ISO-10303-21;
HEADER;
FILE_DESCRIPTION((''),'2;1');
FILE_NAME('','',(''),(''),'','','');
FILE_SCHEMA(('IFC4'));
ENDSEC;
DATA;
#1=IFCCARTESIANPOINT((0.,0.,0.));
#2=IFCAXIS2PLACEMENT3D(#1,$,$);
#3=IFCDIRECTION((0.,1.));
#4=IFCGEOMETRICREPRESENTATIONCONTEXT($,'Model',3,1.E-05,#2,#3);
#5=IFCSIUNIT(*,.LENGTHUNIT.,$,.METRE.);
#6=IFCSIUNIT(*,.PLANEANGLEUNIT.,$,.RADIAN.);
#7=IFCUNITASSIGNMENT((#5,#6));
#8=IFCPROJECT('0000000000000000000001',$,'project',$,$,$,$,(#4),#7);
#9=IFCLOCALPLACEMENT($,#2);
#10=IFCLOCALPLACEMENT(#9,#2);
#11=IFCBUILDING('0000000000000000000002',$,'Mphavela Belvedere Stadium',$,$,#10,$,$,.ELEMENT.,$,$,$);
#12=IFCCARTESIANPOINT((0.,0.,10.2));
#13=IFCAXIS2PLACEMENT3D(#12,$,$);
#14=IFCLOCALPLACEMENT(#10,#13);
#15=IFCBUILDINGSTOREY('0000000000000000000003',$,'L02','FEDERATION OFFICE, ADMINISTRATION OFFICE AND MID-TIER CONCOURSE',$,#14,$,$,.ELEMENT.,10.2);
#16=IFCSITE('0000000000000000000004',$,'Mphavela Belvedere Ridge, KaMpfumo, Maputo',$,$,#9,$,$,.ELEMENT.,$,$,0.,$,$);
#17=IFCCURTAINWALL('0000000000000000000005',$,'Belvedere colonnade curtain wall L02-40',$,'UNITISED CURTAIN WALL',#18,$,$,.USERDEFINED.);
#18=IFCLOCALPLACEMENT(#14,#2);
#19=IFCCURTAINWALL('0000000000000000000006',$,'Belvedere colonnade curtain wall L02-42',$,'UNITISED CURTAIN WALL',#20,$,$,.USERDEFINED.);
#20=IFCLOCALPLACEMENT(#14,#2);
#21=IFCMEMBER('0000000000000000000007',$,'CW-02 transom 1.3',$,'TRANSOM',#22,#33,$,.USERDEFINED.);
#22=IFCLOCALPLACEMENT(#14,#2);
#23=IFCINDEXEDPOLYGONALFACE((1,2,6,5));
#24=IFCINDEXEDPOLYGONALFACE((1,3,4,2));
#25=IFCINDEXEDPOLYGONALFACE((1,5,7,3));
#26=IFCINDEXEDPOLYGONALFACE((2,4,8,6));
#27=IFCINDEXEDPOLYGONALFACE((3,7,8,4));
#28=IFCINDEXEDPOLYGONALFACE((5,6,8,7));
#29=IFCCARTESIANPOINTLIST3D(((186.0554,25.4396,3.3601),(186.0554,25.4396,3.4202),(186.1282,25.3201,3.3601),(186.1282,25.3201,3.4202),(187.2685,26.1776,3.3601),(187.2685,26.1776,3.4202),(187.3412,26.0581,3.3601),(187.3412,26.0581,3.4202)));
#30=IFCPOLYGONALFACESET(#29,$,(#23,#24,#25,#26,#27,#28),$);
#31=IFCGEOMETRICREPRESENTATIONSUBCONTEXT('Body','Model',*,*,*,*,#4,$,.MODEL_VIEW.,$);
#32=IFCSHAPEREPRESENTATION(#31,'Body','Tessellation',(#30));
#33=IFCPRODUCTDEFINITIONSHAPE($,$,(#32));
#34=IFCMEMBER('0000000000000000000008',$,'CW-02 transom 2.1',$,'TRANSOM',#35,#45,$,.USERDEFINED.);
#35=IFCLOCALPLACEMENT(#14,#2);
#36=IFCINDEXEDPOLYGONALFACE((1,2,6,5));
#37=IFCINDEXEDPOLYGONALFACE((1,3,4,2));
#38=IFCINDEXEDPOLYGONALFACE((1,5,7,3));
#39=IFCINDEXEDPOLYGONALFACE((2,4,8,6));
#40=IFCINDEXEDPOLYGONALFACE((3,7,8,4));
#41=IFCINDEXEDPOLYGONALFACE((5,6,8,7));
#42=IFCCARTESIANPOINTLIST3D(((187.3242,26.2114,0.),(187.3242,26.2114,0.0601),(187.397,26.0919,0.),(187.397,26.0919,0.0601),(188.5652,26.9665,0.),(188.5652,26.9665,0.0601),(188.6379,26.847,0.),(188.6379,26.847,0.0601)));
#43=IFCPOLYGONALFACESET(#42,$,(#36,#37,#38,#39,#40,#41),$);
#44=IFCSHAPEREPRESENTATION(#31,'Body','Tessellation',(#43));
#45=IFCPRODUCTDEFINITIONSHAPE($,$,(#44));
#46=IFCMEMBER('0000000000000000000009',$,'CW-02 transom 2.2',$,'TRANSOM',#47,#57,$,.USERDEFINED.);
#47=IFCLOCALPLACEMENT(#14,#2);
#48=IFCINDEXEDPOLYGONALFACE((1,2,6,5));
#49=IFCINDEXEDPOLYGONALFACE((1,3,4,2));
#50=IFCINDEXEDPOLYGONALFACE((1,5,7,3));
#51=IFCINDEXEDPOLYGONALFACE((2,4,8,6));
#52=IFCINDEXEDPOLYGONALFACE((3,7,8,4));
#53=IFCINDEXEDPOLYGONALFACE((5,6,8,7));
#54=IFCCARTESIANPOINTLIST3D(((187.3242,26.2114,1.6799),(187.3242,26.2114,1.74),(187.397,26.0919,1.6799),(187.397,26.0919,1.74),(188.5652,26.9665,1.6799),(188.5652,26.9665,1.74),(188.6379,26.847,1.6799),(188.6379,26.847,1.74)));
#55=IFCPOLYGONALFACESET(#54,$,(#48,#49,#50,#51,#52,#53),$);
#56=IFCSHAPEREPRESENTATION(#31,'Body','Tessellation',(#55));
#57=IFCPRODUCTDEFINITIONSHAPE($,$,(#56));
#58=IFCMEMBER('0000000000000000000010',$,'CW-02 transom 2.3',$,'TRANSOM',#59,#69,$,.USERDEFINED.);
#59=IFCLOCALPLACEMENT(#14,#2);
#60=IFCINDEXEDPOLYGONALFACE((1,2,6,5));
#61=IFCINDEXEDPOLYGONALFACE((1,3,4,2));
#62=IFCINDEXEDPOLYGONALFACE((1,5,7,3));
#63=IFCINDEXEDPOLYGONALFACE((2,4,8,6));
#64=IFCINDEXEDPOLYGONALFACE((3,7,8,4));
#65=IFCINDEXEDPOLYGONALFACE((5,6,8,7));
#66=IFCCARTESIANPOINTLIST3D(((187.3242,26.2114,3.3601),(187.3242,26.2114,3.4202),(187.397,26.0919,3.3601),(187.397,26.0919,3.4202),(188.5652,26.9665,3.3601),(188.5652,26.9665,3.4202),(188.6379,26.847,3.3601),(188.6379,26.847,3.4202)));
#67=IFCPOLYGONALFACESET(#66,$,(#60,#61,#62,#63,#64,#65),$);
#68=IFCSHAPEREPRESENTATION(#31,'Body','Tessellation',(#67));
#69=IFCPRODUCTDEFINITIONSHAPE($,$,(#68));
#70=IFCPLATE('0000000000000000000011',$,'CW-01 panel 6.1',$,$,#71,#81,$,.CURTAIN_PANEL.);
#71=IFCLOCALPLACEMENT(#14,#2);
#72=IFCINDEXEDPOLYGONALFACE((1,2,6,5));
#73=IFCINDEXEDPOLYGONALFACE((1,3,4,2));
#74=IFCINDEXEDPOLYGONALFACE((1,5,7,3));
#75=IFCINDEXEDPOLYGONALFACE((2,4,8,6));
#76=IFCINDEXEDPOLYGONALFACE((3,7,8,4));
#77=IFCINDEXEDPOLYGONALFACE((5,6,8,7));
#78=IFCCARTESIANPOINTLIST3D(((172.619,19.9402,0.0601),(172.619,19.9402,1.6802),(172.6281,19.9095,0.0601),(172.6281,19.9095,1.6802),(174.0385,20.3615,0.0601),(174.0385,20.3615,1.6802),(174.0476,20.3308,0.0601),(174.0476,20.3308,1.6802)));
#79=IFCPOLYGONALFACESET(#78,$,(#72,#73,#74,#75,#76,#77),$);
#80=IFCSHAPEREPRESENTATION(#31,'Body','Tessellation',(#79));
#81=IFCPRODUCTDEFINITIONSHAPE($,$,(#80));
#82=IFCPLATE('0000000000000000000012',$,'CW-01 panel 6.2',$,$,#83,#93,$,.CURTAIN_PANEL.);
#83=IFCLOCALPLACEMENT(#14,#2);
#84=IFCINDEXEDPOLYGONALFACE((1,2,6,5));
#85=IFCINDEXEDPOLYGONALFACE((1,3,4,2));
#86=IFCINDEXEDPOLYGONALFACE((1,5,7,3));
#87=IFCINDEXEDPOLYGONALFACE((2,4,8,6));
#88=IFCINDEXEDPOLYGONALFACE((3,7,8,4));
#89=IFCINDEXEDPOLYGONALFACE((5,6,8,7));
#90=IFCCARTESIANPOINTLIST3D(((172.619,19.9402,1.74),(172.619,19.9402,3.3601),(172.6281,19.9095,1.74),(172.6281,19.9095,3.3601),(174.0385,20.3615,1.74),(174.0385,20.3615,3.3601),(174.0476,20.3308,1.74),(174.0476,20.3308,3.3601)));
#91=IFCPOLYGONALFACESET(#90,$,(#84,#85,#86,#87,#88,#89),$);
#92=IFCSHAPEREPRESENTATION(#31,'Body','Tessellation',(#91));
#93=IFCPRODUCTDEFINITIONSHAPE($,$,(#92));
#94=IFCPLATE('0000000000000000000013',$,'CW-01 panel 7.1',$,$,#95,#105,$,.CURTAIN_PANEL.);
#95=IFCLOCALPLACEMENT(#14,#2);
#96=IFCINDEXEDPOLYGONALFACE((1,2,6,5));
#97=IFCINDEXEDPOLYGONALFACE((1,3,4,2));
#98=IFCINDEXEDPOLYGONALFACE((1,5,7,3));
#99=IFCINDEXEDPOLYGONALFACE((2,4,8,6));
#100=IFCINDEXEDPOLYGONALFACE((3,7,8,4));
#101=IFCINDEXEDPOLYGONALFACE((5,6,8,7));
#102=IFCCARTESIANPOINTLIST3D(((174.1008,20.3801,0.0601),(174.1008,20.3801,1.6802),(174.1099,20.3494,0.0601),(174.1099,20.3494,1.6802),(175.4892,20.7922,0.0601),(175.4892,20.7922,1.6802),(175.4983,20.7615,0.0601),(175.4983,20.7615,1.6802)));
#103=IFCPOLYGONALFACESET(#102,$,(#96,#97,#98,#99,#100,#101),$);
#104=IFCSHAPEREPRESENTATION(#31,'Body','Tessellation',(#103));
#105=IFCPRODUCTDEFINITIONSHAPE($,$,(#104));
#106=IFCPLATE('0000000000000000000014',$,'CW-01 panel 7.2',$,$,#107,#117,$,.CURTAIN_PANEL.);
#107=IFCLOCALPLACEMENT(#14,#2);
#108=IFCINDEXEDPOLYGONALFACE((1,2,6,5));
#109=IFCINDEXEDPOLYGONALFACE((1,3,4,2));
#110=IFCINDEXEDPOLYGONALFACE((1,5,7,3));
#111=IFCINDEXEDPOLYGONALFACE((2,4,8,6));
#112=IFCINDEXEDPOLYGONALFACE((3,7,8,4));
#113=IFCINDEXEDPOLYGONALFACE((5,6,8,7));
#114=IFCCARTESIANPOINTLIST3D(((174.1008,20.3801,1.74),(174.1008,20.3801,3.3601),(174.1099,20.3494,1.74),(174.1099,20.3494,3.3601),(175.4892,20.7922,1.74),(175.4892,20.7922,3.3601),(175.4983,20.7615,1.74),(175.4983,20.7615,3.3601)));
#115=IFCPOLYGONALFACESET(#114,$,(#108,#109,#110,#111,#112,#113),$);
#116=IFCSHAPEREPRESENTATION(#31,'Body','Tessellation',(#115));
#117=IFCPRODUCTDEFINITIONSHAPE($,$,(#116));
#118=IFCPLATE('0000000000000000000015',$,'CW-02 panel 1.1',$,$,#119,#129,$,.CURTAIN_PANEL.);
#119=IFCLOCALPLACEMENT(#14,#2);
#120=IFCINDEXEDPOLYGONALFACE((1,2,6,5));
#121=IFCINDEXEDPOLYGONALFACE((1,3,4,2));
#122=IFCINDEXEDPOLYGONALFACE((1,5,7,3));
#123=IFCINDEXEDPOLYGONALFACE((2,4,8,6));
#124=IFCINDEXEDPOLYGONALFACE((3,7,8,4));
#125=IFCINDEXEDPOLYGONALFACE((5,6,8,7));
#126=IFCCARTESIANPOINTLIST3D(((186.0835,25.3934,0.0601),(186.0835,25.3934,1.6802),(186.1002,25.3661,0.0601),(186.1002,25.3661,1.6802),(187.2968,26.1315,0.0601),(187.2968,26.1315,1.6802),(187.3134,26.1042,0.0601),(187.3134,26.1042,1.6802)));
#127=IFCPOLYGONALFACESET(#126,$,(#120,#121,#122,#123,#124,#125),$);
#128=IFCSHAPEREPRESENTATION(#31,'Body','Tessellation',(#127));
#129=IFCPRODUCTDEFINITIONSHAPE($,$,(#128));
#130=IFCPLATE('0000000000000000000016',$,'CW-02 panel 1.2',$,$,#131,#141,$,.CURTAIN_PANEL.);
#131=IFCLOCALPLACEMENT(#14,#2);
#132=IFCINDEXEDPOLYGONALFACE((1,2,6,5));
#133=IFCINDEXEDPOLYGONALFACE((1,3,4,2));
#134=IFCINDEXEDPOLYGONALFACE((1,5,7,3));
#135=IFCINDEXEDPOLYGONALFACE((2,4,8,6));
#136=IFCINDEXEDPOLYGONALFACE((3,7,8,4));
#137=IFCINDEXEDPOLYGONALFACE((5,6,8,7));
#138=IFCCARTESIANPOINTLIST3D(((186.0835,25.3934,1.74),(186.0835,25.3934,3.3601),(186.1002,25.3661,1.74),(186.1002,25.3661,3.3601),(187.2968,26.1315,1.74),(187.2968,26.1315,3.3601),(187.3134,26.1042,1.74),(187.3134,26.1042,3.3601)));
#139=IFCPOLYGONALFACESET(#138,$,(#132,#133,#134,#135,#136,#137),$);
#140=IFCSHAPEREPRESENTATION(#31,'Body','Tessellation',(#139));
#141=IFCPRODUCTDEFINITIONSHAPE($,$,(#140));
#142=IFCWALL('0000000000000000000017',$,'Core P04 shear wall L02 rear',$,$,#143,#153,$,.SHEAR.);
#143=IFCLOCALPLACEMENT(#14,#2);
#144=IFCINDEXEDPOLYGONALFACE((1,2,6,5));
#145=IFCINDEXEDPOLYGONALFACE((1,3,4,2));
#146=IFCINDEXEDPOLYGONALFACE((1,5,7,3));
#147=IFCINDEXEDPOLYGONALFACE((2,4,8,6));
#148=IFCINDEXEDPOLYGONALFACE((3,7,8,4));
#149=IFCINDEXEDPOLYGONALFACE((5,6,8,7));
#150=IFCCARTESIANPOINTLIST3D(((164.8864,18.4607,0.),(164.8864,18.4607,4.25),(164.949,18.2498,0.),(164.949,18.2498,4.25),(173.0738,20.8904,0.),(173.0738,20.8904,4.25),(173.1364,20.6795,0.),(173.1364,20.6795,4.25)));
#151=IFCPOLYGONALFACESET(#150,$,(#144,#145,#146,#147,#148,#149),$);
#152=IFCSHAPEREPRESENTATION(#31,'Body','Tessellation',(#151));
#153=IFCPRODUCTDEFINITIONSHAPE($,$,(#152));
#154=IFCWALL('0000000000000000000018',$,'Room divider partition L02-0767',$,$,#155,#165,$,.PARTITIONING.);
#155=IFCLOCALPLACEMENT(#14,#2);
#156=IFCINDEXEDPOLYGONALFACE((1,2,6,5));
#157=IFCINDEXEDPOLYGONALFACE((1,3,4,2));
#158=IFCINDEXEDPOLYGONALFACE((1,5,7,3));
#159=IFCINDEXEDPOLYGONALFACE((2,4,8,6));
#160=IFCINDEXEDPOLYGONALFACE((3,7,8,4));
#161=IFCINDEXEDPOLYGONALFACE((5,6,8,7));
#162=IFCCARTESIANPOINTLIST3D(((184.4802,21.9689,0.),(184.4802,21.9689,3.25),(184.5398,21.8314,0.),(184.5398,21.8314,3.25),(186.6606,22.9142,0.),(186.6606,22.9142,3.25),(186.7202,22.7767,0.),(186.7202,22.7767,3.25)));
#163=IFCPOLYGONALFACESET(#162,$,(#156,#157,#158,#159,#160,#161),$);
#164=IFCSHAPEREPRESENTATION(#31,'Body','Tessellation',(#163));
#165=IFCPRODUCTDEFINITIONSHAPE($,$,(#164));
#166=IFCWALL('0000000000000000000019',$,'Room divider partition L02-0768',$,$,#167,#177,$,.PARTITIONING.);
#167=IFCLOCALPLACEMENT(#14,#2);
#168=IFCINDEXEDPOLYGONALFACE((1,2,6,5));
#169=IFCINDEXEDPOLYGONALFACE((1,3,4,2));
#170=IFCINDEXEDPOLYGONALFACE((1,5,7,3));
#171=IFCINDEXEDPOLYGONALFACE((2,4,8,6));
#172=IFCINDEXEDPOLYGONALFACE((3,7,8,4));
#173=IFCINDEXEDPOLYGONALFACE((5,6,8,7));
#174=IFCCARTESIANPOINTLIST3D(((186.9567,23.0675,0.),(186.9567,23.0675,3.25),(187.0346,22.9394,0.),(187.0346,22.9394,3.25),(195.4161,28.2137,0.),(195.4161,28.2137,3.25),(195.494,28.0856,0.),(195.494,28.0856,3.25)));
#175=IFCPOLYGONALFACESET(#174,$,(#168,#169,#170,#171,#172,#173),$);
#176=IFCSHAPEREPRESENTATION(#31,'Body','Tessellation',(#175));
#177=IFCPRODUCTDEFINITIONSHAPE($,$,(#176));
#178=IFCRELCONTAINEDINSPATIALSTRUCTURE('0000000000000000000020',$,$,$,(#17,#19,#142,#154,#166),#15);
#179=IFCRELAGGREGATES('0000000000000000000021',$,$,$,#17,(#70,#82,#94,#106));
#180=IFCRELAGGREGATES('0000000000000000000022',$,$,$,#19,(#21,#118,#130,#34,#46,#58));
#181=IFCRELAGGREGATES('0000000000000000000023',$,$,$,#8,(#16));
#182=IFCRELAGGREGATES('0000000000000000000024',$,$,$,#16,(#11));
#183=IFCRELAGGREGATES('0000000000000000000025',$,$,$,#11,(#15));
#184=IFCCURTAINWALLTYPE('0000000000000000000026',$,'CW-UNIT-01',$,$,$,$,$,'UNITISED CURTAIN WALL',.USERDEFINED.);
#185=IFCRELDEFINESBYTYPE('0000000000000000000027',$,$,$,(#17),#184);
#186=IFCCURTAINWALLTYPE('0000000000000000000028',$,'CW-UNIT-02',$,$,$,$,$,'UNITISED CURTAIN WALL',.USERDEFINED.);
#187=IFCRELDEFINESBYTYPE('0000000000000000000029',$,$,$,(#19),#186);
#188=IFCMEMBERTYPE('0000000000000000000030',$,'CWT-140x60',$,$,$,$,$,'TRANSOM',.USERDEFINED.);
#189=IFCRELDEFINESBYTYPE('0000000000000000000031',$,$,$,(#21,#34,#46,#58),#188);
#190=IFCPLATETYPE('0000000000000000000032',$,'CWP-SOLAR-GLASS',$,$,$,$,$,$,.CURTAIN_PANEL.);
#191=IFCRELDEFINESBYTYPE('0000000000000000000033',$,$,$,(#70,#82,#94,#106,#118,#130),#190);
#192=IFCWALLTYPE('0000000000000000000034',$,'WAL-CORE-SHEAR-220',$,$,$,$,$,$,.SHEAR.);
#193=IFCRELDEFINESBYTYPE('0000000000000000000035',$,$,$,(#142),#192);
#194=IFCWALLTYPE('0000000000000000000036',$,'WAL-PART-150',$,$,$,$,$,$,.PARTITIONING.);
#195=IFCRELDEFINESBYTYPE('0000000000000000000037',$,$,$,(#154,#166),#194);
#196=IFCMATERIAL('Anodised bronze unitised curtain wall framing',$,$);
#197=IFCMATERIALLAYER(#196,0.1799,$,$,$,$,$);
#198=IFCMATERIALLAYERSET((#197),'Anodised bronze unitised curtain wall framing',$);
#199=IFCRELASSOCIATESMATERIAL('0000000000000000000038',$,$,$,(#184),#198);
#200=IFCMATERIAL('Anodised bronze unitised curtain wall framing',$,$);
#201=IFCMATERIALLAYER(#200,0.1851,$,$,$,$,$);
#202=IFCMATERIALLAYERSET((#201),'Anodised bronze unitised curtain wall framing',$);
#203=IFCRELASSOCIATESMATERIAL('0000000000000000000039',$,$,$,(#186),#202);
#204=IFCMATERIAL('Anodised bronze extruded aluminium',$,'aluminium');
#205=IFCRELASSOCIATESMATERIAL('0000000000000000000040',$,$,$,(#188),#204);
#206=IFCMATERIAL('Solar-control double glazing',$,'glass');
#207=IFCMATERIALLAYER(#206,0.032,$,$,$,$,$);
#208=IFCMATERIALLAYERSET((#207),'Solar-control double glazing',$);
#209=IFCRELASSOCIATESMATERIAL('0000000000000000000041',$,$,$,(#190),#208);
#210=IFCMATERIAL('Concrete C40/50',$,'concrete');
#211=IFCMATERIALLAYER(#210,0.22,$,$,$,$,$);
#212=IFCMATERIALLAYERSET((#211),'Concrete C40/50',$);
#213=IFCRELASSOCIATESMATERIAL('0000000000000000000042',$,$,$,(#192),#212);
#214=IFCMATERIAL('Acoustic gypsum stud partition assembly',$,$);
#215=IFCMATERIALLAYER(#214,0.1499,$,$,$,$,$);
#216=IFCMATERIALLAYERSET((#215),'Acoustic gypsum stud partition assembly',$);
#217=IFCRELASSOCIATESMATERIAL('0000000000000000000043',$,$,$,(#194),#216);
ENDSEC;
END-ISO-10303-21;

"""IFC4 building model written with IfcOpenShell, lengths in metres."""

from ifc_helpers import new_model, si_unit, direction, frame, frame_2d, origin, origin_2d, place, context, subcontext, project, spatial, rectangle, extrude, material, layer, layer_set, material_profile, profile_set, type_object, element, aggregate, save


model = new_model("IFC4")

# Units and contexts
model_context = context("Model", 3, precision=1e-05, world=origin(), true_north=direction((0.0, 1.0)))
body_context = subcontext(model_context, "Body", "Model", "MODEL_VIEW")
ifc_project = project(units=[si_unit("LENGTHUNIT", "METRE"), si_unit("PLANEANGLEUNIT", "RADIAN")], contexts=[model_context])

# Site, building, storey
site_placement = place(None, origin())
site = spatial("IfcSite", under=ifc_project, at=site_placement, Name="Mphavela Belvedere Ridge, KaMpfumo, Maputo", CompositionType="ELEMENT", RefElevation=0.0)
building_placement = place(site_placement, origin())
building = spatial("IfcBuilding", under=site, at=building_placement, Name="Mphavela Belvedere Stadium", CompositionType="ELEMENT")
storey_placement = place(building_placement, frame((0.0, 0.0, 10.2)))
storey = spatial("IfcBuildingStorey", under=building, at=storey_placement, Name="L02", Description="FEDERATION OFFICE, ADMINISTRATION OFFICE AND MID-TIER CONCOURSE", CompositionType="ELEMENT", Elevation=10.2)

# Curtain walls
ifc_material_1 = material(Name="Anodised bronze unitised curtain wall framing")
ifc_layer_1 = layer(ifc_material_1, 0.1799)
ifc_layer_set_1 = layer_set([ifc_layer_1], Name="Anodised bronze unitised curtain wall framing")
curtain_wall_type_1 = type_object("IfcCurtainWallType", Name="CW-UNIT-01", ElementType="UNITISED CURTAIN WALL", PredefinedType="USERDEFINED", material=ifc_layer_set_1)
curtain_wall_1_placement = place(storey_placement, origin())
curtain_wall_1 = element("IfcCurtainWall", 1, at=curtain_wall_1_placement, inside=storey, type_object=curtain_wall_type_1, Name="Belvedere colonnade curtain wall L02-40", ObjectType="UNITISED CURTAIN WALL", PredefinedType="USERDEFINED")
ifc_material_2 = material(Name="Anodised bronze unitised curtain wall framing")
ifc_layer_2 = layer(ifc_material_2, 0.1851)
ifc_layer_set_2 = layer_set([ifc_layer_2], Name="Anodised bronze unitised curtain wall framing")
curtain_wall_type_2 = type_object("IfcCurtainWallType", Name="CW-UNIT-02", ElementType="UNITISED CURTAIN WALL", PredefinedType="USERDEFINED", material=ifc_layer_set_2)
curtain_wall_2_placement = place(storey_placement, origin())
curtain_wall_2 = element("IfcCurtainWall", 2, at=curtain_wall_2_placement, inside=storey, type_object=curtain_wall_type_2, Name="Belvedere colonnade curtain wall L02-42", ObjectType="UNITISED CURTAIN WALL", PredefinedType="USERDEFINED")

# Members
ifc_material_3 = material(Name="Anodised bronze extruded aluminium", Category="aluminium")
ifc_material_profile_1 = material_profile(ifc_material_3, rectangle(XDim=0.1399, YDim=0.0601, at=origin_2d()), Name="CW-TRN 140x60")
ifc_profile_set_1 = profile_set([ifc_material_profile_1], Name="Anodised bronze extruded aluminium")
member_type_1 = type_object("IfcMemberType", Name="CWT-140x60", ElementType="TRANSOM", PredefinedType="USERDEFINED", material=ifc_profile_set_1)
member_1_placement = place(storey_placement, frame((186.0918, 25.3799, 3.3901), z_axis=(0.854321, 0.519745, 0.0), x_axis=(-0.519745, 0.854321, 0.0)))
member_1 = element("IfcMember", 3, at=member_1_placement, type_object=member_type_1, Name="CW-02 transom 1.3", ObjectType="TRANSOM", PredefinedType="USERDEFINED", context=body_context, shape_type="SweptSolid", body=[
    extrude(rectangle(XDim=0.1399, YDim=0.0601, at=origin_2d()), origin(), (0.0, 0.0, 1.0), 1.4199),
])
member_2_placement = place(storey_placement, frame((187.3606, 26.1516, 0.03), z_axis=(0.854273, 0.519824, 0.0), x_axis=(-0.519824, 0.854273, 0.0)))
member_2 = element("IfcMember", 4, at=member_2_placement, type_object=member_type_1, Name="CW-02 transom 2.1", ObjectType="TRANSOM", PredefinedType="USERDEFINED", context=body_context, shape_type="SweptSolid", body=[
    extrude(rectangle(XDim=0.1399, YDim=0.0601, at=origin_2d()), origin(), (0.0, 0.0, 1.0), 1.4526),
])
member_3_placement = place(storey_placement, frame((187.3606, 26.1516, 1.71), z_axis=(0.854273, 0.519824, 0.0), x_axis=(-0.519824, 0.854273, 0.0)))
member_3 = element("IfcMember", 5, at=member_3_placement, type_object=member_type_1, Name="CW-02 transom 2.2", ObjectType="TRANSOM", PredefinedType="USERDEFINED", context=body_context, shape_type="SweptSolid", body=[
    extrude(rectangle(XDim=0.1399, YDim=0.0601, at=origin_2d()), origin(), (0.0, 0.0, 1.0), 1.4526),
])
member_4_placement = place(storey_placement, frame((187.3606, 26.1516, 3.3901), z_axis=(0.854273, 0.519824, 0.0), x_axis=(-0.519824, 0.854273, 0.0)))
member_4 = element("IfcMember", 6, at=member_4_placement, type_object=member_type_1, Name="CW-02 transom 2.3", ObjectType="TRANSOM", PredefinedType="USERDEFINED", context=body_context, shape_type="SweptSolid", body=[
    extrude(rectangle(XDim=0.1399, YDim=0.0601, at=origin_2d()), origin(), (0.0, 0.0, 1.0), 1.4526),
])

# Plates
ifc_material_4 = material(Name="Solar-control double glazing", Category="glass")
ifc_layer_3 = layer(ifc_material_4, 0.032)
ifc_layer_set_3 = layer_set([ifc_layer_3], Name="Solar-control double glazing")
plate_type = type_object("IfcPlateType", Name="CWP-SOLAR-GLASS", PredefinedType="CURTAIN_PANEL", material=ifc_layer_set_3)
plate_1_placement = place(storey_placement, frame((173.3333, 20.1355, 0.0601), z_axis=(0.0, 0.0, 1.0), x_axis=(0.958662, 0.284547, 0.0)))
plate_1 = element("IfcPlate", 7, at=plate_1_placement, type_object=plate_type, Name="CW-01 panel 6.1", PredefinedType="CURTAIN_PANEL", context=body_context, shape_type="SweptSolid", body=[
    extrude(rectangle(XDim=1.4807, YDim=0.032, at=origin_2d()), origin(), (0.0, 0.0, 1.0), 1.6201),
])
plate_2_placement = place(storey_placement, frame((173.3333, 20.1355, 1.74), z_axis=(0.0, 0.0, 1.0), x_axis=(0.958662, 0.284547, 0.0)))
plate_2 = element("IfcPlate", 8, at=plate_2_placement, type_object=plate_type, Name="CW-01 panel 6.2", PredefinedType="CURTAIN_PANEL", context=body_context, shape_type="SweptSolid", body=[
    extrude(rectangle(XDim=1.4807, YDim=0.032, at=origin_2d()), origin(), (0.0, 0.0, 1.0), 1.6201),
])
plate_3_placement = place(storey_placement, frame((174.7996, 20.5708, 0.0601), z_axis=(0.0, 0.0, 1.0), x_axis=(0.958662, 0.284547, 0.0)))
plate_3 = element("IfcPlate", 9, at=plate_3_placement, type_object=plate_type, Name="CW-01 panel 7.1", PredefinedType="CURTAIN_PANEL", context=body_context, shape_type="SweptSolid", body=[
    extrude(rectangle(XDim=1.4482, YDim=0.032, at=origin_2d()), origin(), (0.0, 0.0, 1.0), 1.6201),
])
plate_4_placement = place(storey_placement, frame((174.7996, 20.5708, 1.74), z_axis=(0.0, 0.0, 1.0), x_axis=(0.958662, 0.284547, 0.0)))
plate_4 = element("IfcPlate", 10, at=plate_4_placement, type_object=plate_type, Name="CW-01 panel 7.2", PredefinedType="CURTAIN_PANEL", context=body_context, shape_type="SweptSolid", body=[
    extrude(rectangle(XDim=1.4482, YDim=0.032, at=origin_2d()), origin(), (0.0, 0.0, 1.0), 1.6201),
])
aggregate(curtain_wall_1, [plate_1, plate_2, plate_3, plate_4])
plate_5_placement = place(storey_placement, frame((186.6985, 25.7488, 0.0601), z_axis=(0.0, 0.0, 1.0), x_axis=(0.85433, 0.519732, 0.0)))
plate_5 = element("IfcPlate", 11, at=plate_5_placement, type_object=plate_type, Name="CW-02 panel 1.1", PredefinedType="CURTAIN_PANEL", context=body_context, shape_type="SweptSolid", body=[
    extrude(rectangle(XDim=1.4202, YDim=0.032, at=origin_2d()), origin(), (0.0, 0.0, 1.0), 1.6201),
])
plate_6_placement = place(storey_placement, frame((186.6985, 25.7488, 1.74), z_axis=(0.0, 0.0, 1.0), x_axis=(0.85433, 0.519732, 0.0)))
plate_6 = element("IfcPlate", 12, at=plate_6_placement, type_object=plate_type, Name="CW-02 panel 1.2", PredefinedType="CURTAIN_PANEL", context=body_context, shape_type="SweptSolid", body=[
    extrude(rectangle(XDim=1.4202, YDim=0.032, at=origin_2d()), origin(), (0.0, 0.0, 1.0), 1.6201),
])
aggregate(curtain_wall_2, [member_1, plate_5, plate_6, member_2, member_3, member_4])

# Wall
ifc_material_5 = material(Name="Concrete C40/50", Category="concrete")
ifc_layer_4 = layer(ifc_material_5, 0.22)
ifc_layer_set_4 = layer_set([ifc_layer_4], Name="Concrete C40/50")
wall_type_1 = type_object("IfcWallType", Name="WAL-CORE-SHEAR-220", PredefinedType="SHEAR", material=ifc_layer_set_4)
wall_1_placement = place(storey_placement, frame((173.105, 20.7849, 0.0), z_axis=(0.0, 0.0, 1.0), x_axis=(-0.958676, -0.284501, 0.0)))
element("IfcWall", 13, at=wall_1_placement, inside=storey, type_object=wall_type_1, Name="Core P04 shear wall L02 rear", PredefinedType="SHEAR", context=body_context, shape_type="SweptSolid", body=[
    extrude(rectangle(XDim=8.5403, YDim=0.22, at=frame_2d((4.27, 0.0))), origin(), (0.0, 0.0, 1.0), 4.25),
])

# Walls
ifc_material_6 = material(Name="Acoustic gypsum stud partition assembly")
ifc_layer_5 = layer(ifc_material_6, 0.1499)
ifc_layer_set_5 = layer_set([ifc_layer_5], Name="Acoustic gypsum stud partition assembly")
wall_type_2 = type_object("IfcWallType", Name="WAL-PART-150", PredefinedType="PARTITIONING", material=ifc_layer_set_5)
wall_2_placement = place(storey_placement, frame((184.51, 21.9001, 0.0), z_axis=(0.0, 0.0, 1.0), x_axis=(0.917484, 0.397772, 0.0)))
element("IfcWall", 14, at=wall_2_placement, inside=storey, type_object=wall_type_2, Name="Room divider partition L02-0767", PredefinedType="PARTITIONING", context=body_context, shape_type="SweptSolid", body=[
    extrude(rectangle(XDim=2.3765, YDim=0.1499, at=frame_2d((1.1882, 0.0))), origin(), (0.0, 0.0, 1.0), 3.25),
])
wall_3_placement = place(storey_placement, frame((186.9956, 23.0034, 0.0), z_axis=(0.0, 0.0, 1.0), x_axis=(0.854333, 0.519726, 0.0)))
element("IfcWall", 15, at=wall_3_placement, inside=storey, type_object=wall_type_2, Name="Room divider partition L02-0768", PredefinedType="PARTITIONING", context=body_context, shape_type="SweptSolid", body=[
    extrude(rectangle(XDim=9.9019, YDim=0.1499, at=frame_2d((4.9509, 0.0))), origin(), (0.0, 0.0, 1.0), 3.25),
])

save(model, "model.ifc")
